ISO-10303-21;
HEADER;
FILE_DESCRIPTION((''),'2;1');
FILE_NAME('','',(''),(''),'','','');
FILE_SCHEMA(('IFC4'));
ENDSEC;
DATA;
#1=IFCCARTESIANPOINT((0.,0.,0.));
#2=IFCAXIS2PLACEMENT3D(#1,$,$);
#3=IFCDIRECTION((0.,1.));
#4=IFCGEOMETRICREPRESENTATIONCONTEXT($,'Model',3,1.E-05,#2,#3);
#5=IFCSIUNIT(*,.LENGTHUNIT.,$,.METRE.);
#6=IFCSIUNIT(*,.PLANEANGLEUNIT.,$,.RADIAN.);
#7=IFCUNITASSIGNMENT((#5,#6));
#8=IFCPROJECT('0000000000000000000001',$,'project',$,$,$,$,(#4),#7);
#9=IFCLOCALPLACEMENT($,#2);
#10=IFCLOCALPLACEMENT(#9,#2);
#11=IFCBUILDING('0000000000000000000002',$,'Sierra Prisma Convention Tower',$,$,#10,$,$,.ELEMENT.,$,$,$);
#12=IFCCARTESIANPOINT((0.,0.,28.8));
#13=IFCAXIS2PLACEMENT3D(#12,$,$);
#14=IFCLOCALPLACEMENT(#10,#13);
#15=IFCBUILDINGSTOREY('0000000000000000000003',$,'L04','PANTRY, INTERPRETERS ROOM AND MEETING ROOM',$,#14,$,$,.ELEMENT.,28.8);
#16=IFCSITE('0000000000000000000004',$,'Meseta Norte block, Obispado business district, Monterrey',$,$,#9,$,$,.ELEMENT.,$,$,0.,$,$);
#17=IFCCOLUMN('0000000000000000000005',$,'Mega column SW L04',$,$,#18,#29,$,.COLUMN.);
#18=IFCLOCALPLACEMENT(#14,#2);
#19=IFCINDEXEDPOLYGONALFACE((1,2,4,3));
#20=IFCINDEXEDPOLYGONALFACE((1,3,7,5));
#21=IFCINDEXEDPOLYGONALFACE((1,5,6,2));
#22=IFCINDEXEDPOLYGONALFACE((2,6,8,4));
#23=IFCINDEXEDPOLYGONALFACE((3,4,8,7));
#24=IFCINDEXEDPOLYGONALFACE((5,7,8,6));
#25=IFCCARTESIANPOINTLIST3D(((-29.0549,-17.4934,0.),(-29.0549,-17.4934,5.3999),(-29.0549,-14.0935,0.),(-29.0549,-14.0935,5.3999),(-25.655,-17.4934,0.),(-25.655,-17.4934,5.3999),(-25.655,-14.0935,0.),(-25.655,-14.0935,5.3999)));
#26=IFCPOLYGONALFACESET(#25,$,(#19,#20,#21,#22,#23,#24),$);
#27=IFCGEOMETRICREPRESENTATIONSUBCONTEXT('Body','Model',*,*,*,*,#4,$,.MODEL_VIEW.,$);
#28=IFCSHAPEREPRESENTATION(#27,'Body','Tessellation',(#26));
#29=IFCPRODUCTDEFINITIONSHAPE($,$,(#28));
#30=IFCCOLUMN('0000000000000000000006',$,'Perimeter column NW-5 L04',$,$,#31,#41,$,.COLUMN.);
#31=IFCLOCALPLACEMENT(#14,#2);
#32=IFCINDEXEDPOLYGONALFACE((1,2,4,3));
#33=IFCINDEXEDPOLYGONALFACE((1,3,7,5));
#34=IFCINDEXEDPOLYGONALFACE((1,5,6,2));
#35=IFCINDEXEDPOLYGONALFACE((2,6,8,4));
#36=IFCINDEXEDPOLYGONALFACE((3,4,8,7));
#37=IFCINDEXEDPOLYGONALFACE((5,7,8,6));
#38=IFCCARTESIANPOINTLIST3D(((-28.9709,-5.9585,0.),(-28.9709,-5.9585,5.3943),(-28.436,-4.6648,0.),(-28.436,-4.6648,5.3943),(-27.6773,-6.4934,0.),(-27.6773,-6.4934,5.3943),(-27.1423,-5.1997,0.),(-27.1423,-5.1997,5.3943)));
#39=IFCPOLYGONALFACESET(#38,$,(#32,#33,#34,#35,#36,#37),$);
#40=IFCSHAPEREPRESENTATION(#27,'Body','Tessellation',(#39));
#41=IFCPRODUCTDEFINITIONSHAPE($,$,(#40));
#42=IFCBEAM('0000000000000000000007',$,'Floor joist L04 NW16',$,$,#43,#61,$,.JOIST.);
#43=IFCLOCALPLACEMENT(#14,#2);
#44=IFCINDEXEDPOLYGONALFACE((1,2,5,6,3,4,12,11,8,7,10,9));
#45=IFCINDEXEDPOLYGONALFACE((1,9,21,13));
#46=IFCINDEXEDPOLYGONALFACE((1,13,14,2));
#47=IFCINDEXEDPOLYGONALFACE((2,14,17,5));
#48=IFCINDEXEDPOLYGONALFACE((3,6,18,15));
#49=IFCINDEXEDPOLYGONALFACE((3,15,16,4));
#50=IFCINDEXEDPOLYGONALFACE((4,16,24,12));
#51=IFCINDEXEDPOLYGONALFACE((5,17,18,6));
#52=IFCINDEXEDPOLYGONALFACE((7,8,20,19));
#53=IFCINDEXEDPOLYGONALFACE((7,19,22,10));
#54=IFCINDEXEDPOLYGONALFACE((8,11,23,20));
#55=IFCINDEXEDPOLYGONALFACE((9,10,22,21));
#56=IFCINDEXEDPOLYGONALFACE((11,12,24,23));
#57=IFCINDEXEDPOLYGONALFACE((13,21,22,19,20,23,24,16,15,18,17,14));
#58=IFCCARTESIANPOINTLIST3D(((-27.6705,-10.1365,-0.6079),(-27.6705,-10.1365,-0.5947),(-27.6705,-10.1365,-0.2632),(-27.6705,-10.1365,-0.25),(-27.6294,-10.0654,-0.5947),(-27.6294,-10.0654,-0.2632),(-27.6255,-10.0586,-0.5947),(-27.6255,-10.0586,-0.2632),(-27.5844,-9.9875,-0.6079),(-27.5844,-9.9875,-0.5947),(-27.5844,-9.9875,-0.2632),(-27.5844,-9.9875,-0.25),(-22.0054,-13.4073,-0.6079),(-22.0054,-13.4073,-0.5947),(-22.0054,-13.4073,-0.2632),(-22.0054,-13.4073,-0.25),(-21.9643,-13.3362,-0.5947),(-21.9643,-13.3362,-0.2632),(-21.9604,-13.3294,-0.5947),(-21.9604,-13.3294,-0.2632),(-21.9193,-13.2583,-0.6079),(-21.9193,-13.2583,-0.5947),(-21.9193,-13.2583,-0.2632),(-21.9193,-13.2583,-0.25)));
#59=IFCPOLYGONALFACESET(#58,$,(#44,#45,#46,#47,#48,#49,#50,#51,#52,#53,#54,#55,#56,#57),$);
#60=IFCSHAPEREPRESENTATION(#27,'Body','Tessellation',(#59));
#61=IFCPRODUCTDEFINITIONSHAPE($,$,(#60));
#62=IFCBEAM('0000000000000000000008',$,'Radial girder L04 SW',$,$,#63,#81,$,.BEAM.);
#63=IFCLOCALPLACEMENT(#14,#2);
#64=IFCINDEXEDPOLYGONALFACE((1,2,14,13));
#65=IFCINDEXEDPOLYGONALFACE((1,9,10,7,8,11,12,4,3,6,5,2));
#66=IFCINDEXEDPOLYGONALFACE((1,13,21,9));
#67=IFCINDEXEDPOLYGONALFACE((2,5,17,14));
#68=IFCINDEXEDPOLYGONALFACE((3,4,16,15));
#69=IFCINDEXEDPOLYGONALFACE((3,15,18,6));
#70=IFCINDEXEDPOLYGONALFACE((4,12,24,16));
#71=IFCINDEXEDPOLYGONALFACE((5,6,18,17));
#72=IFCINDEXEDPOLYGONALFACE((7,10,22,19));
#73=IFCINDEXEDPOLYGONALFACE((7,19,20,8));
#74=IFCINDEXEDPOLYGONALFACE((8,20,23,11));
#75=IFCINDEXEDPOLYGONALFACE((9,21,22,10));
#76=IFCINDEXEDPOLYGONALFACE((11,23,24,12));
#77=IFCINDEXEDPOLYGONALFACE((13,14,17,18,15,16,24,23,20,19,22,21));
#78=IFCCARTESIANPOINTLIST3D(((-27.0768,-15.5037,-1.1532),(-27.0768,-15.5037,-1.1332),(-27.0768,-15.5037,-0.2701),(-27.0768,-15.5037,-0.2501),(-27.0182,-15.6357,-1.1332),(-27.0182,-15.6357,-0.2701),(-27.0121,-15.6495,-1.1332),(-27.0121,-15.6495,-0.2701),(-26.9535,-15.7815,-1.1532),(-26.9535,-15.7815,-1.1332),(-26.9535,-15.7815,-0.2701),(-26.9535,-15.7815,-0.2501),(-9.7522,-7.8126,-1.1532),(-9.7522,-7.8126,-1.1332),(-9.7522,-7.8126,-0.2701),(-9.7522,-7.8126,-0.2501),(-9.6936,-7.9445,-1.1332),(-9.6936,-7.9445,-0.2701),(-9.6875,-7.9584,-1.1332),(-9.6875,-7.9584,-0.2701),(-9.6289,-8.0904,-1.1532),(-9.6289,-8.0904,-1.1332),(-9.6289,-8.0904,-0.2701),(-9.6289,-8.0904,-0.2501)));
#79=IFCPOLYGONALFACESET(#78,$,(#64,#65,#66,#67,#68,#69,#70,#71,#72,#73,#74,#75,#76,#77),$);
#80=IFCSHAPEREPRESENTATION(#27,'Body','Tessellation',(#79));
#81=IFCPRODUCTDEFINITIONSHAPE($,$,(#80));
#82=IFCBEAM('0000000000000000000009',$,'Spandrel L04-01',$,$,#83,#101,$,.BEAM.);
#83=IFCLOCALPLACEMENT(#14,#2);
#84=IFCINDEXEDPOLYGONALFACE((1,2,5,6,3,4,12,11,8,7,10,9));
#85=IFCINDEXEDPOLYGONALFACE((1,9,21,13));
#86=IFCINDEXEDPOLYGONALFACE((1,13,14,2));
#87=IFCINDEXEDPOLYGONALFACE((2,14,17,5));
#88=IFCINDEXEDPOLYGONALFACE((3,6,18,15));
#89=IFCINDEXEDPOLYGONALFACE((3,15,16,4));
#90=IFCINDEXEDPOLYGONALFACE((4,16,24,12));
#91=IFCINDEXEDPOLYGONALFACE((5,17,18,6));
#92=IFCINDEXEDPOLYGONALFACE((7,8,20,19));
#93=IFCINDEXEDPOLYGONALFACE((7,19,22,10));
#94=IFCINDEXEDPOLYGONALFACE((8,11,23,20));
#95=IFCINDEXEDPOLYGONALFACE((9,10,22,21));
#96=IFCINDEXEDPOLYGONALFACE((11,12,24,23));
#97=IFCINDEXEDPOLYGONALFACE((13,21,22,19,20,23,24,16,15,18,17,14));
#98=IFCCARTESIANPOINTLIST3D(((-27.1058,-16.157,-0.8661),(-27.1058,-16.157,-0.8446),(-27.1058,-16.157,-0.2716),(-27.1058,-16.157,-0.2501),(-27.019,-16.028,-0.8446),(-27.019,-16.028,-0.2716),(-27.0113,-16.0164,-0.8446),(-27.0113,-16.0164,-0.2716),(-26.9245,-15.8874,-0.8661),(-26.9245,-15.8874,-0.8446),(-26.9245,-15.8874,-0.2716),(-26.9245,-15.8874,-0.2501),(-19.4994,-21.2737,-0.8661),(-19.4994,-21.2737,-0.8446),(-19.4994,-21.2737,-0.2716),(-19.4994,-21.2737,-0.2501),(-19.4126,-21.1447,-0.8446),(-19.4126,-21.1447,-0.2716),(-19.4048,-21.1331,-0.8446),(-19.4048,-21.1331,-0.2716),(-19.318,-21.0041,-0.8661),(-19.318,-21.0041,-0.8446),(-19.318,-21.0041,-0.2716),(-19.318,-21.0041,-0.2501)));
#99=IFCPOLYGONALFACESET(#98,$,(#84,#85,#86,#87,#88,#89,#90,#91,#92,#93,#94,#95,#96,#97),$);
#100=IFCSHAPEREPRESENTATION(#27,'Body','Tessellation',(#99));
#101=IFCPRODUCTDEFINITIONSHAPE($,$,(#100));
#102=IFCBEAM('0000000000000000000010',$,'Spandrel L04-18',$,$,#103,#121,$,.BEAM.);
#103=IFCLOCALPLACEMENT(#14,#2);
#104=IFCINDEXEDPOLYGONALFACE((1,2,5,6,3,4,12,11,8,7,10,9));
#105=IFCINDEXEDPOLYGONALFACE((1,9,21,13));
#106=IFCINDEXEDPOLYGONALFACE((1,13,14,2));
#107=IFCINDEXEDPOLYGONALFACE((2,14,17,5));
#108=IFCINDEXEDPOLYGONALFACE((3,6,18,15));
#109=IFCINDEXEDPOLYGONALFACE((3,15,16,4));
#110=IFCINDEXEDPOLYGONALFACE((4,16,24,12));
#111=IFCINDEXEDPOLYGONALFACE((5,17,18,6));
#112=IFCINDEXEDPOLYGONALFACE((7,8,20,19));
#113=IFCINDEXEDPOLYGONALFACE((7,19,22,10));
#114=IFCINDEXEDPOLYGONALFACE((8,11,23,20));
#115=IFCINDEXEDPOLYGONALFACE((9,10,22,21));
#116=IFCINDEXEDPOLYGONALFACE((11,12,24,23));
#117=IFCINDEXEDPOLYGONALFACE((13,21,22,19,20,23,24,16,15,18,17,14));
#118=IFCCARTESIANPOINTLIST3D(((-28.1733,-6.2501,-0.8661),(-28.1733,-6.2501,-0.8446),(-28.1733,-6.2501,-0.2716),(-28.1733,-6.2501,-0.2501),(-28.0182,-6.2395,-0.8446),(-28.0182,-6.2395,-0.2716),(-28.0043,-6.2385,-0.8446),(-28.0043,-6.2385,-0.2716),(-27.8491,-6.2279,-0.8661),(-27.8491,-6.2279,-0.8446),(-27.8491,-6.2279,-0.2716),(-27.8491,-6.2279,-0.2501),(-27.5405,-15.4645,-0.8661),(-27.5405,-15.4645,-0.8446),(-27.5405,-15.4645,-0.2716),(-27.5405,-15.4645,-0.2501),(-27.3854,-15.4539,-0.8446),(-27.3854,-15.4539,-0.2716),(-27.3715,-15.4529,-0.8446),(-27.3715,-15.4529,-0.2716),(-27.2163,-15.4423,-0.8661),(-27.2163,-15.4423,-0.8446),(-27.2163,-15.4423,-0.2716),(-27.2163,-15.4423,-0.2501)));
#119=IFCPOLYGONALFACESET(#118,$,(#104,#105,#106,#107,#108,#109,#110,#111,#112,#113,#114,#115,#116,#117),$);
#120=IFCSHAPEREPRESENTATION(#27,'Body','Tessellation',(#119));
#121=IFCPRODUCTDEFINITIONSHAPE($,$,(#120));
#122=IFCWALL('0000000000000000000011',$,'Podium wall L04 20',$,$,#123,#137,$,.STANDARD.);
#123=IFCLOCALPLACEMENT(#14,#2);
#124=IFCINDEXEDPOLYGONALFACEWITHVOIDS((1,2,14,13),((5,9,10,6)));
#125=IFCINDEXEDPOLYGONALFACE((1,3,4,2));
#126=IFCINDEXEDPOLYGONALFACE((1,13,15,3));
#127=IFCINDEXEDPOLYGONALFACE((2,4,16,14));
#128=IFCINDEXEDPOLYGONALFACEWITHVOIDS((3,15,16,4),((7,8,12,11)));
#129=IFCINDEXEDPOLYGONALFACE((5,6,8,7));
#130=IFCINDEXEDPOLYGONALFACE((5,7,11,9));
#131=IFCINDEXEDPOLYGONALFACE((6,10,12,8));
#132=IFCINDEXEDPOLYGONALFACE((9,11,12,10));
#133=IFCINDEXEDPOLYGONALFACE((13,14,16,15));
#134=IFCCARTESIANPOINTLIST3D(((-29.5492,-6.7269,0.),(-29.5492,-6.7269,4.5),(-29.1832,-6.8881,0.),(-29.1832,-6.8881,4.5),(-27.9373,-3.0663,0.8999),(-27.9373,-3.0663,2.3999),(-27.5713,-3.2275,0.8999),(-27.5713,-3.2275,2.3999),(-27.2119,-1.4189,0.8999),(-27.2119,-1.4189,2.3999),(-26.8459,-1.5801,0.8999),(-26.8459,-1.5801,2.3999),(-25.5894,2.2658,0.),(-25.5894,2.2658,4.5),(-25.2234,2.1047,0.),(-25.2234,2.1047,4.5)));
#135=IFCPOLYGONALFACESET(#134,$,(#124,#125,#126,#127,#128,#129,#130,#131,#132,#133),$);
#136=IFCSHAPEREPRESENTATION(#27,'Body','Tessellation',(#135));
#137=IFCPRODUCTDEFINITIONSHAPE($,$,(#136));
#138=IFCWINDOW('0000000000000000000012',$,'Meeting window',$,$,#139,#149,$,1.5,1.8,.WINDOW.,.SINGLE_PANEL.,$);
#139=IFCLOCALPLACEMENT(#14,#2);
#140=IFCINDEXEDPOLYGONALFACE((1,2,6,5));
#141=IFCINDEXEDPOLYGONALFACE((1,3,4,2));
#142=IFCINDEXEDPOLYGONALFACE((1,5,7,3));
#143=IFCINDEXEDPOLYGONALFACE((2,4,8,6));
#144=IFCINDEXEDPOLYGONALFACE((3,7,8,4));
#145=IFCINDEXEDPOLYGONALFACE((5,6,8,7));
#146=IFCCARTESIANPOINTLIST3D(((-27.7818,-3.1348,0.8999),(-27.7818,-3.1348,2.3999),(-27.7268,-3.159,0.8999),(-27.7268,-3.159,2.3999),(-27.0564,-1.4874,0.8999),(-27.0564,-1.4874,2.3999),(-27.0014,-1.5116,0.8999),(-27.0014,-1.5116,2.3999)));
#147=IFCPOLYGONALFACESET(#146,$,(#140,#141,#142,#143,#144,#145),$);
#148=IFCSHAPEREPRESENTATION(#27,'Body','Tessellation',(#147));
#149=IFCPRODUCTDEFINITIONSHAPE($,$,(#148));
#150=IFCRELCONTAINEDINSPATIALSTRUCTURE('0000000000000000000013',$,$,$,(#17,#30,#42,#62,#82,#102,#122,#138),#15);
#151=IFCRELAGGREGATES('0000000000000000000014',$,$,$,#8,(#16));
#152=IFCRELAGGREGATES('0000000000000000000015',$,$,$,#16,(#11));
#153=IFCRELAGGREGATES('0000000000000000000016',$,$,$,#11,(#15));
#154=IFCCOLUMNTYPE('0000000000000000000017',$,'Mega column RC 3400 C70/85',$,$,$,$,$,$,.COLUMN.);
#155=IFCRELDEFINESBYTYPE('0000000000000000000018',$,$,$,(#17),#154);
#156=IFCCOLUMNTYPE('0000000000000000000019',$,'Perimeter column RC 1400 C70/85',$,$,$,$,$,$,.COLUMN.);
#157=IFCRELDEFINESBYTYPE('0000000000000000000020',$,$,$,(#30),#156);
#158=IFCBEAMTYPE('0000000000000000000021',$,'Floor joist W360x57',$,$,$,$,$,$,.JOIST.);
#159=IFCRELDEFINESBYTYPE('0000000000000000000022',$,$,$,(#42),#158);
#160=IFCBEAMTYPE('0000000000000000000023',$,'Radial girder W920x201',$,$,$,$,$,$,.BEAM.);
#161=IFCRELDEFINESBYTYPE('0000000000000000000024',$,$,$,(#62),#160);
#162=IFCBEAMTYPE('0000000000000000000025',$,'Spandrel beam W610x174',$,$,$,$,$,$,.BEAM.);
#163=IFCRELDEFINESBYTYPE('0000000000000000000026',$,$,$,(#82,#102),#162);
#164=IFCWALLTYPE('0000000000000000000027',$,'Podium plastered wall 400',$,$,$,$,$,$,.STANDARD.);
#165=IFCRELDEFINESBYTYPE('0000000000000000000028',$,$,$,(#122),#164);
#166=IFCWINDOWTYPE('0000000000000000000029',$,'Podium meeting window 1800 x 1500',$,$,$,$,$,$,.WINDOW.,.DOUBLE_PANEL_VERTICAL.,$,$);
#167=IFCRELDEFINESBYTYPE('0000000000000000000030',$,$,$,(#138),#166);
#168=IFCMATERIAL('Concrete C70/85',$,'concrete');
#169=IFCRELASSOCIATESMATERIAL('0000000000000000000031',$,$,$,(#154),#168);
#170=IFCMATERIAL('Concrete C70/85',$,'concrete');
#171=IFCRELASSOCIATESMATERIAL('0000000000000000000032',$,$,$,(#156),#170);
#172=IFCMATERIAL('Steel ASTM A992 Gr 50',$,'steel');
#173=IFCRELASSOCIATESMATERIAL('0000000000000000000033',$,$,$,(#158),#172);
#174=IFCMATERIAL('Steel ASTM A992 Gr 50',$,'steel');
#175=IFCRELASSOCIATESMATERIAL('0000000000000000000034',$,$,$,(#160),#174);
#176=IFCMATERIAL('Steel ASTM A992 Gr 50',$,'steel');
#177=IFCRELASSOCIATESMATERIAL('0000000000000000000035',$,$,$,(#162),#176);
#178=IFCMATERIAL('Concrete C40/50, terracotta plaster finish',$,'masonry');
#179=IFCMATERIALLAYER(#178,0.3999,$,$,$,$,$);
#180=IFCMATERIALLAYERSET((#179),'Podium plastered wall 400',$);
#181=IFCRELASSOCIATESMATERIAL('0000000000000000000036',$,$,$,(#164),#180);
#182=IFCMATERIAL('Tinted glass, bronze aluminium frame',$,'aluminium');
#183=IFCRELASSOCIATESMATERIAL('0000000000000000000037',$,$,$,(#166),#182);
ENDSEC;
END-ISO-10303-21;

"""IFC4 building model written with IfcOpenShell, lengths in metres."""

from ifc_helpers import new_model, si_unit, direction, frame, frame_2d, origin, origin_2d, place, context, subcontext, project, spatial, rectangle, i_section, extrude, clip, halfspace, material, layer, layer_set, material_profile, profile_set, type_object, element, fill, save


model = new_model("IFC4")

# Units and contexts
model_context = context("Model", 3, precision=1e-05, world=origin(), true_north=direction((0.0, 1.0)))
body_context = subcontext(model_context, "Body", "Model", "MODEL_VIEW")
ifc_project = project(units=[si_unit("LENGTHUNIT", "METRE"), si_unit("PLANEANGLEUNIT", "RADIAN")], contexts=[model_context])

# Site, building, storey
site_placement = place(None, origin())
site = spatial("IfcSite", under=ifc_project, at=site_placement, Name="Meseta Norte block, Obispado business district, Monterrey", CompositionType="ELEMENT", RefElevation=0.0)
building_placement = place(site_placement, origin())
building = spatial("IfcBuilding", under=site, at=building_placement, Name="Sierra Prisma Convention Tower", CompositionType="ELEMENT")
storey_placement = place(building_placement, frame((0.0, 0.0, 28.8)))
storey = spatial("IfcBuildingStorey", under=building, at=storey_placement, Name="L04", Description="PANTRY, INTERPRETERS ROOM AND MEETING ROOM", CompositionType="ELEMENT", Elevation=28.8)

# Columns
ifc_material_1 = material(Name="Concrete C70/85", Category="concrete")
ifc_material_profile_1 = material_profile(ifc_material_1, rectangle(XDim=3.3999, YDim=3.3999, at=origin_2d()), Name="Mega column RC 3400 C70/85")
ifc_profile_set_1 = profile_set([ifc_material_profile_1], Name="Concrete C70/85")
column_type_1 = type_object("IfcColumnType", Name="Mega column RC 3400 C70/85", PredefinedType="COLUMN", material=ifc_profile_set_1)
column_1_placement = place(storey_placement, frame((-27.355, -15.7935, 0.0), z_axis=(0.0, 0.0, 1.0), x_axis=(1.0, 0.0, 0.0)))
element("IfcColumn", 1, at=column_1_placement, inside=storey, type_object=column_type_1, Name="Mega column SW L04", PredefinedType="COLUMN", context=body_context, shape_type="SweptSolid", body=[
    extrude(rectangle(XDim=3.3999, YDim=3.3999, at=origin_2d()), origin(), (0.0, 0.0, 1.0), 5.3999),
])
ifc_material_2 = material(Name="Concrete C70/85", Category="concrete")
ifc_material_profile_2 = material_profile(ifc_material_2, rectangle(XDim=1.3999, YDim=1.3999, at=origin_2d()), Name="Perimeter column RC 1400 C70/85")
ifc_profile_set_2 = profile_set([ifc_material_profile_2], Name="Concrete C70/85")
column_type_2 = type_object("IfcColumnType", Name="Perimeter column RC 1400 C70/85", PredefinedType="COLUMN", material=ifc_profile_set_2)
column_2_placement = place(storey_placement, frame((-28.0566, -5.5791, 0.0), z_axis=(0.0, 0.0, 1.0), x_axis=(0.382135, 0.924106, 0.0)))
element("IfcColumn", 2, at=column_2_placement, inside=storey, type_object=column_type_2, Name="Perimeter column NW-5 L04", PredefinedType="COLUMN", context=body_context, shape_type="SweptSolid", body=[
    clip(extrude(rectangle(XDim=1.3999, YDim=1.3999, at=origin_2d()), origin(), (0.0, 0.0, 1.0), 5.3999), halfspace(frame((0.0, 0.0, 5.3943)), False)),
])

# Beams
ifc_material_3 = material(Name="Steel ASTM A992 Gr 50", Category="steel")
ifc_material_profile_3 = material_profile(ifc_material_3, i_section(OverallWidth=0.1721, OverallDepth=0.3579, WebThickness=0.0078, FlangeThickness=0.0132, at=origin_2d()), Name="W360x57")
ifc_profile_set_3 = profile_set([ifc_material_profile_3], Name="Steel ASTM A992 Gr 50")
beam_type_1 = type_object("IfcBeamType", Name="Floor joist W360x57", PredefinedType="JOIST", material=ifc_profile_set_3)
beam_1_placement = place(storey_placement, frame((-27.6274, -10.062, -0.429), z_axis=(0.866023, -0.500005, 0.0), x_axis=(0.500005, 0.866023, 0.0)))
element("IfcBeam", 3, at=beam_1_placement, inside=storey, type_object=beam_type_1, Name="Floor joist L04 NW16", PredefinedType="JOIST", context=body_context, shape_type="SweptSolid", body=[
    extrude(i_section(OverallWidth=0.1721, OverallDepth=0.3579, WebThickness=0.0078, FlangeThickness=0.0132, at=origin_2d()), origin(), (0.0, 0.0, 1.0), 6.5415),
])
ifc_material_4 = material(Name="Steel ASTM A992 Gr 50", Category="steel")
ifc_material_profile_4 = material_profile(ifc_material_4, i_section(OverallWidth=0.304, OverallDepth=0.9031, WebThickness=0.0151, FlangeThickness=0.02, at=origin_2d()), Name="W920x201")
ifc_profile_set_4 = profile_set([ifc_material_profile_4], Name="Steel ASTM A992 Gr 50")
beam_type_2 = type_object("IfcBeamType", Name="Radial girder W920x201", PredefinedType="BEAM", material=ifc_profile_set_4)
beam_2_placement = place(storey_placement, frame((-27.0151, -15.6426, -0.7017), z_axis=(0.913982, 0.405755, 0.0), x_axis=(-0.405755, 0.913982, 0.0)))
element("IfcBeam", 4, at=beam_2_placement, inside=storey, type_object=beam_type_2, Name="Radial girder L04 SW", PredefinedType="BEAM", context=body_context, shape_type="SweptSolid", body=[
    extrude(i_section(OverallWidth=0.304, OverallDepth=0.9031, WebThickness=0.0151, FlangeThickness=0.02, at=origin_2d()), origin(), (0.0, 0.0, 1.0), 18.9551),
])
ifc_material_5 = material(Name="Steel ASTM A992 Gr 50", Category="steel")
ifc_material_profile_5 = material_profile(ifc_material_5, i_section(OverallWidth=0.325, OverallDepth=0.616, WebThickness=0.0139, FlangeThickness=0.0215, at=origin_2d()), Name="W610x174")
ifc_profile_set_5 = profile_set([ifc_material_profile_5], Name="Steel ASTM A992 Gr 50")
beam_type_3 = type_object("IfcBeamType", Name="Spandrel beam W610x174", PredefinedType="BEAM", material=ifc_profile_set_5)
beam_3_placement = place(storey_placement, frame((-27.0151, -16.0222, -0.5581), z_axis=(0.82974, -0.558149, 0.0), x_axis=(0.558149, 0.82974, 0.0)))
element("IfcBeam", 5, at=beam_3_placement, inside=storey, type_object=beam_type_3, Name="Spandrel L04-01", PredefinedType="BEAM", context=body_context, shape_type="SweptSolid", body=[
    extrude(i_section(OverallWidth=0.325, OverallDepth=0.616, WebThickness=0.0139, FlangeThickness=0.0215, at=origin_2d()), origin(), (0.0, 0.0, 1.0), 9.1672),
])
beam_4_placement = place(storey_placement, frame((-28.0112, -6.239, -0.5581), z_axis=(0.068515, -0.99765, 0.0), x_axis=(0.99765, 0.068515, 0.0)))
element("IfcBeam", 6, at=beam_4_placement, inside=storey, type_object=beam_type_3, Name="Spandrel L04-18", PredefinedType="BEAM", context=body_context, shape_type="SweptSolid", body=[
    extrude(i_section(OverallWidth=0.325, OverallDepth=0.616, WebThickness=0.0139, FlangeThickness=0.0215, at=origin_2d()), origin(), (0.0, 0.0, 1.0), 9.2361),
])

# Wall, opening, window
ifc_material_6 = material(Name="Concrete C40/50, terracotta plaster finish", Category="masonry")
ifc_layer_1 = layer(ifc_material_6, 0.3999)
ifc_layer_set_1 = layer_set([ifc_layer_1], Name="Podium plastered wall 400")
wall_type = type_object("IfcWallType", Name="Podium plastered wall 400", PredefinedType="STANDARD", material=ifc_layer_set_1)
wall_1_placement = place(storey_placement, frame((-29.3662, -6.8076, 0.0), z_axis=(0.0, 0.0, 1.0), x_axis=(0.402989, 0.915205, 0.0)))
wall_1 = element("IfcWall", 7, at=wall_1_placement, inside=storey, type_object=wall_type, Name="Podium wall L04 20", PredefinedType="STANDARD", context=body_context, shape_type="SweptSolid", body=[
    extrude(rectangle(XDim=9.8259, YDim=0.3999, at=frame_2d((4.9131, 0.0))), origin(), (0.0, 0.0, 1.0), 4.5),
])
opening_1_placement = place(wall_1_placement, frame((4.0, 0.0, 0.8999)))
opening_1 = element("IfcOpeningElement", 8, at=opening_1_placement, cuts=wall_1, PredefinedType="OPENING", context=body_context, shape_type="SweptSolid", body=[
    extrude(rectangle(XDim=1.8, YDim=1.5, at=frame_2d((0.8999, 0.75))), frame((0.0, 0.2, 0.0), z_axis=(0.0, -1.0, 0.0), x_axis=(1.0, 0.0, 0.0)), (0.0, 0.0, 1.0), 0.3999),
])
ifc_material_7 = material(Name="Tinted glass, bronze aluminium frame", Category="aluminium")
window_type = type_object("IfcWindowType", Name="Podium meeting window 1800 x 1500", PartitioningType="DOUBLE_PANEL_VERTICAL", PredefinedType="WINDOW", material=ifc_material_7)
window_1_placement = place(opening_1_placement, origin())
window_1 = element("IfcWindow", 9, at=window_1_placement, inside=storey, type_object=window_type, Name="Meeting window", OverallHeight=1.5, OverallWidth=1.8, PartitioningType="SINGLE_PANEL", PredefinedType="WINDOW", context=body_context, shape_type="SweptSolid", body=[
    extrude(rectangle(XDim=1.8, YDim=1.5, at=frame_2d((0.8999, 0.75))), frame((0.0, 0.03, 0.0), z_axis=(0.0, -1.0, 0.0), x_axis=(1.0, 0.0, 0.0)), (0.0, 0.0, 1.0), 0.0601),
])
fill(opening_1, window_1)

save(model, "model.ifc")
